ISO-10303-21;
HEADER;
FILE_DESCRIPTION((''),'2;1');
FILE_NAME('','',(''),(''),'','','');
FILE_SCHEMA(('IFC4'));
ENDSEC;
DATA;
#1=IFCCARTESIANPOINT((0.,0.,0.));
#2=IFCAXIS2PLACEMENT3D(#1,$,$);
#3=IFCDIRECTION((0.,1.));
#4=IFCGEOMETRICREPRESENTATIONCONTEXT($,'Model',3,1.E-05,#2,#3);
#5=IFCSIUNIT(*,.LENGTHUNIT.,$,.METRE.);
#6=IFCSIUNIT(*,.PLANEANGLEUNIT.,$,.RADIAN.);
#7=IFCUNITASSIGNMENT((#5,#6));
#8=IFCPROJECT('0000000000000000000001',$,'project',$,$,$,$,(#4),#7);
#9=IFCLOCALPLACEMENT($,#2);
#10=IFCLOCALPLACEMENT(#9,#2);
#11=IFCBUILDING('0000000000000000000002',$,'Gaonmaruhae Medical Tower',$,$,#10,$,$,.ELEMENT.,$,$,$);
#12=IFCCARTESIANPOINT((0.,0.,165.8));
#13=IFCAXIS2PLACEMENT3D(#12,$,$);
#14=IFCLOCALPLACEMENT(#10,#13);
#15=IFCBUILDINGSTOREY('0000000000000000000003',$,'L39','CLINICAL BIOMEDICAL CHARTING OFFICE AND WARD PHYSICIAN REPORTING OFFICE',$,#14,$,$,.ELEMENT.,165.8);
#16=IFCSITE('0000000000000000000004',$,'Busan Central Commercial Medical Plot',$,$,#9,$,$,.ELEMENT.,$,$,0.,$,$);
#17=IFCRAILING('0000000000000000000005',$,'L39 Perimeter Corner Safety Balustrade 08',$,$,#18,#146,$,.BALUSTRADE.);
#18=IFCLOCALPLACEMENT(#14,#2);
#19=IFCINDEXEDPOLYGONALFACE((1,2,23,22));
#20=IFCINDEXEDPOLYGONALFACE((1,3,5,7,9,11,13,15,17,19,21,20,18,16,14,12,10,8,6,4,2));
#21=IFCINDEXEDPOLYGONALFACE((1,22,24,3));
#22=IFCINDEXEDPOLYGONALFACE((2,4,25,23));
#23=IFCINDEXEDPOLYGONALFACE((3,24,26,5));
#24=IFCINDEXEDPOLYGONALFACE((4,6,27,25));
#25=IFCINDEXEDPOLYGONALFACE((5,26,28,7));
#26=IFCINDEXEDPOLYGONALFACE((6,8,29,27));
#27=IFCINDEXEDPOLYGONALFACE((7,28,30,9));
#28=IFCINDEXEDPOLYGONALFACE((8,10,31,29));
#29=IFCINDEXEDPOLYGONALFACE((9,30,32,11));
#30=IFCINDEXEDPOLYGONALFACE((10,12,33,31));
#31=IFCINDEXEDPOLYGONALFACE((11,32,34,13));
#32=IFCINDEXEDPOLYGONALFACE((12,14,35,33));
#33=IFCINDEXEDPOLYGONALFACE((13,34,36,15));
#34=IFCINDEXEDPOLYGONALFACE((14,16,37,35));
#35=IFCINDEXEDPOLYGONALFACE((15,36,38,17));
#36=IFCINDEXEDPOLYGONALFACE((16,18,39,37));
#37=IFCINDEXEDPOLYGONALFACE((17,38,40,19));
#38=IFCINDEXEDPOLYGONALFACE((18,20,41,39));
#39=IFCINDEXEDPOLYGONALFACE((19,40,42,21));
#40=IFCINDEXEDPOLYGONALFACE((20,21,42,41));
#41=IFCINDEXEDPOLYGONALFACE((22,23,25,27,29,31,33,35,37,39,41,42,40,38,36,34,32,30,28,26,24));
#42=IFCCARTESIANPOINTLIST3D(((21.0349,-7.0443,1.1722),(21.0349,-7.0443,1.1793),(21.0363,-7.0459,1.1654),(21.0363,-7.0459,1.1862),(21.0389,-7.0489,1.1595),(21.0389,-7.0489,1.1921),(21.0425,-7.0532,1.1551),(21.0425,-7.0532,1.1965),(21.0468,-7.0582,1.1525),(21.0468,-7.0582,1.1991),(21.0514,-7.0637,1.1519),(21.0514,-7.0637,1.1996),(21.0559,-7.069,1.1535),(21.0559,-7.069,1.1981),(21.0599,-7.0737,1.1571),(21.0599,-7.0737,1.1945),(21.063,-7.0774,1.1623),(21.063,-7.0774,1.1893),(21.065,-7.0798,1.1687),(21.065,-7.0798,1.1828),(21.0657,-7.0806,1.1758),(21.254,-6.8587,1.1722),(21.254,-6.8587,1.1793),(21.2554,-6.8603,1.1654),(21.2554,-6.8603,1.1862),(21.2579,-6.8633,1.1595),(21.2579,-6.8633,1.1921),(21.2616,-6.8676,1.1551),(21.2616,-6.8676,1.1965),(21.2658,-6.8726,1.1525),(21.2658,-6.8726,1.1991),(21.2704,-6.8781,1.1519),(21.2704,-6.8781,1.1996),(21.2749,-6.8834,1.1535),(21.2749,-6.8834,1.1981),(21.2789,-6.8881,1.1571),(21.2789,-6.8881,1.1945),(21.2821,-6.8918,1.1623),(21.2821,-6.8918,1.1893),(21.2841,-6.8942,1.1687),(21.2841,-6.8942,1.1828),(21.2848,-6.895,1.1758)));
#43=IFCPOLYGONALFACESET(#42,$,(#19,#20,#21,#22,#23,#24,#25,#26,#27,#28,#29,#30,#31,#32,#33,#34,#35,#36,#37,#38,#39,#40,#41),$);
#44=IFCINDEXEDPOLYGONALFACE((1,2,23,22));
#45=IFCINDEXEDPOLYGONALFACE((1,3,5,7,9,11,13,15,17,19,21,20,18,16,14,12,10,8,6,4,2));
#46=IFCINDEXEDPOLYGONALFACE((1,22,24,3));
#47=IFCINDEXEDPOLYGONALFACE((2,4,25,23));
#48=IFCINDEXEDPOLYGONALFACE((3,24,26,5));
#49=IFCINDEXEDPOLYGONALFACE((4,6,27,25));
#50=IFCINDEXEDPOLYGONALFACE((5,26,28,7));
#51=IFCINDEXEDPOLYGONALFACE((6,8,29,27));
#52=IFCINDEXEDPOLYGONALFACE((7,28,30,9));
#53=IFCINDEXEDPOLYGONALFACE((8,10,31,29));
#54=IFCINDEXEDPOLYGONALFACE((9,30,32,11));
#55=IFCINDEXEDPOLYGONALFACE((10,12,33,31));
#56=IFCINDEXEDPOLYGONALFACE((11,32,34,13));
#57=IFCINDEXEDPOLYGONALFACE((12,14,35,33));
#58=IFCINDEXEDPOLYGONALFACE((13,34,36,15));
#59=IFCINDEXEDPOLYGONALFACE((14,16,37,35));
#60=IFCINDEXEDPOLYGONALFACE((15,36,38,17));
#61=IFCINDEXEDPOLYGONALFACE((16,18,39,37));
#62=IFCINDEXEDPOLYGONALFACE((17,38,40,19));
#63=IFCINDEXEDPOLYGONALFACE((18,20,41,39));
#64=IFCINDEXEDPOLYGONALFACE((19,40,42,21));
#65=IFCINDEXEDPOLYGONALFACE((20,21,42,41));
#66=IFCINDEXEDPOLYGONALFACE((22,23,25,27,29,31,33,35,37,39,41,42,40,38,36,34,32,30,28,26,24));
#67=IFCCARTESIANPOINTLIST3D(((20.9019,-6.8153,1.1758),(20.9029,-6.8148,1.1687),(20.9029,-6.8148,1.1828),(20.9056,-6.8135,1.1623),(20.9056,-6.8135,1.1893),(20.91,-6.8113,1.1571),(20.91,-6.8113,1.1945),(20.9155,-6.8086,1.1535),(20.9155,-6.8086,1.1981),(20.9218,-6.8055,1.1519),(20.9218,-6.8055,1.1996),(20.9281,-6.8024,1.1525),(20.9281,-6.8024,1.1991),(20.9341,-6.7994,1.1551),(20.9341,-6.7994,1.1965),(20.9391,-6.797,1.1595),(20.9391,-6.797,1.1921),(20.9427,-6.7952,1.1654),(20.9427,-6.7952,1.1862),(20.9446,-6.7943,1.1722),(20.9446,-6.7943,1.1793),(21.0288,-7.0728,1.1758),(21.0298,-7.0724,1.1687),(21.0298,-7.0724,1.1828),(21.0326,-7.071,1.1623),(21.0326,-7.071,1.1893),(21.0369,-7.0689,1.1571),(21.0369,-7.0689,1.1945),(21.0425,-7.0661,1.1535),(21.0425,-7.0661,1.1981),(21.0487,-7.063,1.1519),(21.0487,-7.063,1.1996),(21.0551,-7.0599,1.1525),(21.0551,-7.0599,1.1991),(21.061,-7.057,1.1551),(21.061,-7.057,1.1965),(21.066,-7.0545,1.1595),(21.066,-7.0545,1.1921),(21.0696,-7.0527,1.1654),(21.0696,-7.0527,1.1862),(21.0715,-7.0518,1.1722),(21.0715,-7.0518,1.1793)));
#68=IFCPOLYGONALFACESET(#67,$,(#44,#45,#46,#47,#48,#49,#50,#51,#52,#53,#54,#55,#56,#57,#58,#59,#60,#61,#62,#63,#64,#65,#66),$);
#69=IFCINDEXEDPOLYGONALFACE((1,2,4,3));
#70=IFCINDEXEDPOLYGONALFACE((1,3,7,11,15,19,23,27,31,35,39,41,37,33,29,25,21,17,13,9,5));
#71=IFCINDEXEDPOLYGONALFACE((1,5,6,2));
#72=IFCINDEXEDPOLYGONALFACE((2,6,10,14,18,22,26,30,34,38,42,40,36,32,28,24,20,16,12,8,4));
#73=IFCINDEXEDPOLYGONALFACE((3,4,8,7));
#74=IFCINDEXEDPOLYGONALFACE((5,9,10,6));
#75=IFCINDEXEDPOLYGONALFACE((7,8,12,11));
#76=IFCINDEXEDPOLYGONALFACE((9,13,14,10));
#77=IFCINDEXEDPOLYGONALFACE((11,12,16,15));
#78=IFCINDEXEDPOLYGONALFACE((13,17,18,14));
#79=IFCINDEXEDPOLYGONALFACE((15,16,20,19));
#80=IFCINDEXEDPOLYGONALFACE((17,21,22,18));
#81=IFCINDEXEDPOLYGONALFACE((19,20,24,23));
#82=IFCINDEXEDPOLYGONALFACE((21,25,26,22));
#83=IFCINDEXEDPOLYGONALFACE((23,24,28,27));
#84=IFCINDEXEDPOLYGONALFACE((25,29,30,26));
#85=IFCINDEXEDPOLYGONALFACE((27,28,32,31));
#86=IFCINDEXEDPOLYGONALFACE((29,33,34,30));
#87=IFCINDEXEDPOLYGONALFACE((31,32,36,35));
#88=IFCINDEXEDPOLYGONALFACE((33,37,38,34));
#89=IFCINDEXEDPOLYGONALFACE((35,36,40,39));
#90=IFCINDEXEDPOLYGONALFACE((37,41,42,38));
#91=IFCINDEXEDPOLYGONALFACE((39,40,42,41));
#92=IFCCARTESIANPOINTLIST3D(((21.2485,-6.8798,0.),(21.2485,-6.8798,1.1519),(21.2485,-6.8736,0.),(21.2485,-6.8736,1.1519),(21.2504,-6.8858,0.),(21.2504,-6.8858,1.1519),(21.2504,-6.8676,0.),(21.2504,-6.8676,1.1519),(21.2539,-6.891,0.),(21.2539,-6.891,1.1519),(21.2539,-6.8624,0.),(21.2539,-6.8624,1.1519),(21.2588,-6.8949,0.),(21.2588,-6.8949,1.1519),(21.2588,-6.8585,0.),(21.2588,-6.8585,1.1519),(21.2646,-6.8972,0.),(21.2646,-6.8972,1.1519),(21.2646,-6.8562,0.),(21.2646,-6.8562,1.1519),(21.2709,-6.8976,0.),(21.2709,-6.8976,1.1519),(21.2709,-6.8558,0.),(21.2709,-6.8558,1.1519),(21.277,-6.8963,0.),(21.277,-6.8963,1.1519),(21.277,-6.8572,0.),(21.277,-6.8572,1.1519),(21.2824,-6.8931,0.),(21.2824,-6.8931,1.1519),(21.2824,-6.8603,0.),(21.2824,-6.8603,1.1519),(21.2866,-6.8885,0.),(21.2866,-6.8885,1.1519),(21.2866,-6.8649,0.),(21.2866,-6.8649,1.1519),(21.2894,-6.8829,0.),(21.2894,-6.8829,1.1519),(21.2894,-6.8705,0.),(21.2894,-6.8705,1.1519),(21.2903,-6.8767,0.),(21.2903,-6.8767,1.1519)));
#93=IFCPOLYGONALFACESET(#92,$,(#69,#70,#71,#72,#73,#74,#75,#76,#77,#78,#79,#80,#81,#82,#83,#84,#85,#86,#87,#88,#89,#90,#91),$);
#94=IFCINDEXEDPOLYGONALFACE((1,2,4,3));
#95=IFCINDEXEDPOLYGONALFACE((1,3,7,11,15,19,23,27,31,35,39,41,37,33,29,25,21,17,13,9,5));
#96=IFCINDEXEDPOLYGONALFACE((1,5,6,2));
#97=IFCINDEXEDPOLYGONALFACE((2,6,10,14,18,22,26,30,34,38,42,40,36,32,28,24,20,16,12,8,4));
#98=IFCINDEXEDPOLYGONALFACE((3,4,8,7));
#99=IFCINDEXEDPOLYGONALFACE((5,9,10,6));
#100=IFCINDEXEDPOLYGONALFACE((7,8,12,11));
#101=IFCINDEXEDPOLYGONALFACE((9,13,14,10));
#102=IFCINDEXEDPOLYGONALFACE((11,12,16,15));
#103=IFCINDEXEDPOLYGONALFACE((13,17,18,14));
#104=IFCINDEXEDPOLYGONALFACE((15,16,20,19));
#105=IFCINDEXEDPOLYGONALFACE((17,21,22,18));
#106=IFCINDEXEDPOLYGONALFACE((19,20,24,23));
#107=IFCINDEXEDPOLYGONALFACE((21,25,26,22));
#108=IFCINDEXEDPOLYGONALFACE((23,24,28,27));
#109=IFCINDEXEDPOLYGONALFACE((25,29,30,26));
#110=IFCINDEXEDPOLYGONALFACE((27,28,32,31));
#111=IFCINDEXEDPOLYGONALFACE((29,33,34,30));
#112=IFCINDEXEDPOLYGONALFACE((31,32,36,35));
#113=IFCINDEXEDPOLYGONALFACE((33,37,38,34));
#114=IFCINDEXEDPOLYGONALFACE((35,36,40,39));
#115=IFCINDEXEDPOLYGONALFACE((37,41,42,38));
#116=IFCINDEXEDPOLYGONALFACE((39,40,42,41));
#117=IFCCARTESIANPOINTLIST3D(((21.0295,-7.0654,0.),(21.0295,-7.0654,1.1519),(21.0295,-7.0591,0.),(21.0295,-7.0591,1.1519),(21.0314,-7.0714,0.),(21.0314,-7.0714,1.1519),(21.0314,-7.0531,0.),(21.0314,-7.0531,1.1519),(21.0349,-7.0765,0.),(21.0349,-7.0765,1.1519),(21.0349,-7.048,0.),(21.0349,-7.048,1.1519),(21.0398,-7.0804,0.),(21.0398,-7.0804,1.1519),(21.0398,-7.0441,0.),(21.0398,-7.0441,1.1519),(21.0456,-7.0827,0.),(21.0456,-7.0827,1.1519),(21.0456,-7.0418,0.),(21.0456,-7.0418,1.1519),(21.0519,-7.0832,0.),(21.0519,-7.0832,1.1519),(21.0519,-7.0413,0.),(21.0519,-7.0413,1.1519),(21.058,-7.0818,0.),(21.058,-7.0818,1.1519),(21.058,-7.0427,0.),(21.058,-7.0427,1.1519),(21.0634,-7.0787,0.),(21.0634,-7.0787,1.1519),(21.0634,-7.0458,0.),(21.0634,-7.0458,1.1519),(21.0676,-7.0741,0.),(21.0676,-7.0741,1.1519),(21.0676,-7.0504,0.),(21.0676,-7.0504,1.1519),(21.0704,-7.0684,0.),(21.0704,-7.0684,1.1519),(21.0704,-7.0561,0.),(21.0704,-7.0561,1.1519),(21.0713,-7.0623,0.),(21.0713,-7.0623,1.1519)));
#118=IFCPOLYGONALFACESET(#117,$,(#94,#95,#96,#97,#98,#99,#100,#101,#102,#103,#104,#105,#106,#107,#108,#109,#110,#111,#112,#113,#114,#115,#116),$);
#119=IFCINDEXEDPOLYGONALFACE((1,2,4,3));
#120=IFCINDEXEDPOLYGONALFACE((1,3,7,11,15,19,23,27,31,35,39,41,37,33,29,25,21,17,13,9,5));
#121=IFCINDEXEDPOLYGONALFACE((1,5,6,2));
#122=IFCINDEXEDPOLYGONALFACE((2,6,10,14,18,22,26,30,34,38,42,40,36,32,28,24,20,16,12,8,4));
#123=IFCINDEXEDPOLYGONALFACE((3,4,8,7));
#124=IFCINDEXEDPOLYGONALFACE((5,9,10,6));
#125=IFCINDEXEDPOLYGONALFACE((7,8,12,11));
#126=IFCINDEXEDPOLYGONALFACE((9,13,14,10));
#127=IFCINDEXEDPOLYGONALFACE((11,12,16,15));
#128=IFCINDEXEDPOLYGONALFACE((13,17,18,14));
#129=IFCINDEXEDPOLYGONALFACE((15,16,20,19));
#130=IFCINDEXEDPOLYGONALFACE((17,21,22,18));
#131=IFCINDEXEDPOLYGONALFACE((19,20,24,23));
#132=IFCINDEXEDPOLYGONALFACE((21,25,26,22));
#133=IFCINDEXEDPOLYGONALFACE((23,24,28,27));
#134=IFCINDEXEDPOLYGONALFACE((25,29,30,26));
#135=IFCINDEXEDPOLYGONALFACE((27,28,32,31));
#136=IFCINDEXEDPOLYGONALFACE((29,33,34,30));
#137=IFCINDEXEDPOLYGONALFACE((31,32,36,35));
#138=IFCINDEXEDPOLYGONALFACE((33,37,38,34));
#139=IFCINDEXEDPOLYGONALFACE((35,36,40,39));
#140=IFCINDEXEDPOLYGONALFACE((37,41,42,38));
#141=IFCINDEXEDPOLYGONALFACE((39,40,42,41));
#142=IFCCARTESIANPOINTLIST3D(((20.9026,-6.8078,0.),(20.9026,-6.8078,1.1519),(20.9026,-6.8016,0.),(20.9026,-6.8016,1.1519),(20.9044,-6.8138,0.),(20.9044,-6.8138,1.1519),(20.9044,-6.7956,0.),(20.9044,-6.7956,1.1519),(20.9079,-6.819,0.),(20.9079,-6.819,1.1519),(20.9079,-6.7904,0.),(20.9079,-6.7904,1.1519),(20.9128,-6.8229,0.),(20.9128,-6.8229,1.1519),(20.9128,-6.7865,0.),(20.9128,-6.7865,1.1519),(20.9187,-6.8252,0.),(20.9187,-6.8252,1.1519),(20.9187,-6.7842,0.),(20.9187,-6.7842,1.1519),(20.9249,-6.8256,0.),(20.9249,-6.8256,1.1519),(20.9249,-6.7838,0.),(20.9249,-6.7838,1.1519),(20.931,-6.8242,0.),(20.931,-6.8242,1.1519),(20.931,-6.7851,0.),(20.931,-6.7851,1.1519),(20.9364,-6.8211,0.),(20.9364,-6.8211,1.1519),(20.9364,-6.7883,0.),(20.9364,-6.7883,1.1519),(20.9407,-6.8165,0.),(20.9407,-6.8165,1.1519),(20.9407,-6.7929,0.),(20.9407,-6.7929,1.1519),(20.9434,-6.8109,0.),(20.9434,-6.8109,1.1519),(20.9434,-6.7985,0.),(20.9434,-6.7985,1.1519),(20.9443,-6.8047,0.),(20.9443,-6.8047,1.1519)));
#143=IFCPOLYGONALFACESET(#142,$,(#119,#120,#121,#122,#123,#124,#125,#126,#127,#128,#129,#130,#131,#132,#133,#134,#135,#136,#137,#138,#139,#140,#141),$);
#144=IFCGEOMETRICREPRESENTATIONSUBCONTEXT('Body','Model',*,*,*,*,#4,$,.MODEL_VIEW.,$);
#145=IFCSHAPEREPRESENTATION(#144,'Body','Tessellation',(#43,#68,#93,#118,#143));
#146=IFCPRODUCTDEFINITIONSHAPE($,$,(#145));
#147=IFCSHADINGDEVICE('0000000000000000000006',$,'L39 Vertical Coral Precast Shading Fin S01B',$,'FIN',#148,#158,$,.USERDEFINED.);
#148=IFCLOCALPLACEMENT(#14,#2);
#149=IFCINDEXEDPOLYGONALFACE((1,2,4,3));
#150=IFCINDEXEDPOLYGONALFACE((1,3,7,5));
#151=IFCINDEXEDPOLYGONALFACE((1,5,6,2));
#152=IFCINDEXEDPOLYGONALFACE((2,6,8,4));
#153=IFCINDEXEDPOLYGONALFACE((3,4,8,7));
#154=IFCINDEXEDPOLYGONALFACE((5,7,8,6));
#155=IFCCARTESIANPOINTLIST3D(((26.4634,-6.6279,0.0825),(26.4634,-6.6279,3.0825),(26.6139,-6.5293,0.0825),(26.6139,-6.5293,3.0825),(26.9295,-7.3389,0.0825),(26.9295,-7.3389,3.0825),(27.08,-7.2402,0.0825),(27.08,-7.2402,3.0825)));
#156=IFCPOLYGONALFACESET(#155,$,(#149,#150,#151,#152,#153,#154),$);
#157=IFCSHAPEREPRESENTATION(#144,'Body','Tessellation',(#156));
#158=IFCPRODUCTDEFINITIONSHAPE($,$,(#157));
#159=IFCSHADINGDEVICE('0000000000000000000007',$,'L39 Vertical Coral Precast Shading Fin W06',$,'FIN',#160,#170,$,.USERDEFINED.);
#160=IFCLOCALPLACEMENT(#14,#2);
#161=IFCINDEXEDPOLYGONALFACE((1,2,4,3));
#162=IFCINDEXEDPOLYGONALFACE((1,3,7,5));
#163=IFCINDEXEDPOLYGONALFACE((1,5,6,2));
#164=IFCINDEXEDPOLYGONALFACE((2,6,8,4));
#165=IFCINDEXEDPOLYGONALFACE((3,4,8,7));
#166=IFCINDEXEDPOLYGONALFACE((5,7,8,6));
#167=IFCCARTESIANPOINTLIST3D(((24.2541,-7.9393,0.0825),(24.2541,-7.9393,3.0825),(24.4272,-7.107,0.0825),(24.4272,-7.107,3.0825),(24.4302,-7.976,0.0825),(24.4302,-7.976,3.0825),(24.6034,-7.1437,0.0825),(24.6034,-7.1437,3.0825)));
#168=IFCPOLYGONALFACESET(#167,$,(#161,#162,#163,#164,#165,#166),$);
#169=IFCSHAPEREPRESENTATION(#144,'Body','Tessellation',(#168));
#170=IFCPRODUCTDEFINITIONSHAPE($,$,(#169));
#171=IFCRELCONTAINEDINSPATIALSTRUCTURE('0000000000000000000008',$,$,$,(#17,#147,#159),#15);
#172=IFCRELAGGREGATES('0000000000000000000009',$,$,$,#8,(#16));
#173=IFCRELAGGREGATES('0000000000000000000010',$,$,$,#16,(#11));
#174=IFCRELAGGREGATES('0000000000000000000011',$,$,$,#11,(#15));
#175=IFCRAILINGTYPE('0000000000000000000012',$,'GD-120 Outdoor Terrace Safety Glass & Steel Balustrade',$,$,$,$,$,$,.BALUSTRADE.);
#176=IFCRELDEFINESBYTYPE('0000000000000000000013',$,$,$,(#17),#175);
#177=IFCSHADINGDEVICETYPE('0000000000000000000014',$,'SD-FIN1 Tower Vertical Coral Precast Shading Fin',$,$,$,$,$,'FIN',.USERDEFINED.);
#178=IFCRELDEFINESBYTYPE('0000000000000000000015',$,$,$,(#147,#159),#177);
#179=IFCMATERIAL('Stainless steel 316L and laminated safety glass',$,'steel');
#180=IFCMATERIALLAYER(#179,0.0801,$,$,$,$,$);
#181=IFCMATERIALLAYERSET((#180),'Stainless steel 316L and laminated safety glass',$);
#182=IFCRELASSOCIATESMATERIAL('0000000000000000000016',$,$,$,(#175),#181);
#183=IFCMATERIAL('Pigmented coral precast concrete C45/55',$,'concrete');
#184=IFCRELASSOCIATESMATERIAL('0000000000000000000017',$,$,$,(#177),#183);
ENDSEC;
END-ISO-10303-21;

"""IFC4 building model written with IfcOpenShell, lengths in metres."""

from ifc_helpers import new_model, si_unit, direction, frame, origin, origin_2d, place, context, subcontext, project, spatial, rectangle, circle, extrude, material, layer, layer_set, type_object, element, save


model = new_model("IFC4")

# Units and contexts
model_context = context("Model", 3, precision=1e-05, world=origin(), true_north=direction((0.0, 1.0)))
body_context = subcontext(model_context, "Body", "Model", "MODEL_VIEW")
ifc_project = project(units=[si_unit("LENGTHUNIT", "METRE"), si_unit("PLANEANGLEUNIT", "RADIAN")], contexts=[model_context])

# Site, building, storey
site_placement = place(None, origin())
site = spatial("IfcSite", under=ifc_project, at=site_placement, Name="Busan Central Commercial Medical Plot", CompositionType="ELEMENT", RefElevation=0.0)
building_placement = place(site_placement, origin())
building = spatial("IfcBuilding", under=site, at=building_placement, Name="Gaonmaruhae Medical Tower", CompositionType="ELEMENT")
storey_placement = place(building_placement, frame((0.0, 0.0, 165.8)))
storey = spatial("IfcBuildingStorey", under=building, at=storey_placement, Name="L39", Description="CLINICAL BIOMEDICAL CHARTING OFFICE AND WARD PHYSICIAN REPORTING OFFICE", CompositionType="ELEMENT", Elevation=165.8)

# Railing
ifc_material_1 = material(Name="Stainless steel 316L and laminated safety glass", Category="steel")
ifc_layer_1 = layer(ifc_material_1, 0.0801)
ifc_layer_set_1 = layer_set([ifc_layer_1], Name="Stainless steel 316L and laminated safety glass")
railing_type = type_object("IfcRailingType", Name="GD-120 Outdoor Terrace Safety Glass & Steel Balustrade", PredefinedType="BALUSTRADE", material=ifc_layer_set_1)
railing_1_placement = place(storey_placement, frame((21.2693, -6.8767, 0.0)))
element("IfcRailing", 1, at=railing_1_placement, inside=storey, type_object=railing_type, Name="L39 Perimeter Corner Safety Balustrade 08", PredefinedType="BALUSTRADE", context=body_context, shape_type="SweptSolid", body=[
    extrude(circle(Radius=0.0239, at=origin_2d()), frame((0.0, 0.0, 1.1758), z_axis=(-0.762967, -0.646438, 0.0), x_axis=(0.646438, -0.762967, 0.0)), (0.0, 0.0, 1.0), 0.2871),
    extrude(circle(Radius=0.0239, at=origin_2d()), frame((-0.219, -0.1855, 1.1758), z_axis=(-0.442105, 0.896963, 0.0), x_axis=(-0.896963, -0.442105, 0.0)), (0.0, 0.0, 1.0), 0.2871),
    extrude(circle(Radius=0.021, at=origin_2d()), origin(), (0.0, 0.0, 1.0), 1.1519),
    extrude(circle(Radius=0.021, at=origin_2d()), frame((-0.219, -0.1855, 0.0)), (0.0, 0.0, 1.0), 1.1519),
    extrude(circle(Radius=0.021, at=origin_2d()), frame((-0.3459, 0.072, 0.0)), (0.0, 0.0, 1.0), 1.1519),
])

# Shading devices
ifc_material_2 = material(Name="Pigmented coral precast concrete C45/55", Category="concrete")
shading_device_type = type_object("IfcShadingDeviceType", Name="SD-FIN1 Tower Vertical Coral Precast Shading Fin", ElementType="FIN", PredefinedType="USERDEFINED", material=ifc_material_2)
for number, where, z_axis, x_axis, name in (
    (2, (26.7717, -6.9341, 0.0825), (0.0, 0.0, 1.0), (-0.836296, -0.548279, 0.0), "L39 Vertical Coral Precast Shading Fin S01B"),
    (3, (24.4287, -7.5415, 0.0825), (0.0, 0.0, 1.0), (-0.979042, 0.203659, 0.0), "L39 Vertical Coral Precast Shading Fin W06"),
):
    element("IfcShadingDevice", number, at=place(storey_placement, frame(where, z_axis=z_axis, x_axis=x_axis)), inside=storey, type_object=shading_device_type, Name=name, ObjectType="FIN", PredefinedType="USERDEFINED", context=body_context, shape_type="SweptSolid", body=[
        extrude(rectangle(XDim=0.1799, YDim=0.8501, at=origin_2d()), origin(), (0.0, 0.0, 1.0), 3.0),
    ])

save(model, "model.ifc")
